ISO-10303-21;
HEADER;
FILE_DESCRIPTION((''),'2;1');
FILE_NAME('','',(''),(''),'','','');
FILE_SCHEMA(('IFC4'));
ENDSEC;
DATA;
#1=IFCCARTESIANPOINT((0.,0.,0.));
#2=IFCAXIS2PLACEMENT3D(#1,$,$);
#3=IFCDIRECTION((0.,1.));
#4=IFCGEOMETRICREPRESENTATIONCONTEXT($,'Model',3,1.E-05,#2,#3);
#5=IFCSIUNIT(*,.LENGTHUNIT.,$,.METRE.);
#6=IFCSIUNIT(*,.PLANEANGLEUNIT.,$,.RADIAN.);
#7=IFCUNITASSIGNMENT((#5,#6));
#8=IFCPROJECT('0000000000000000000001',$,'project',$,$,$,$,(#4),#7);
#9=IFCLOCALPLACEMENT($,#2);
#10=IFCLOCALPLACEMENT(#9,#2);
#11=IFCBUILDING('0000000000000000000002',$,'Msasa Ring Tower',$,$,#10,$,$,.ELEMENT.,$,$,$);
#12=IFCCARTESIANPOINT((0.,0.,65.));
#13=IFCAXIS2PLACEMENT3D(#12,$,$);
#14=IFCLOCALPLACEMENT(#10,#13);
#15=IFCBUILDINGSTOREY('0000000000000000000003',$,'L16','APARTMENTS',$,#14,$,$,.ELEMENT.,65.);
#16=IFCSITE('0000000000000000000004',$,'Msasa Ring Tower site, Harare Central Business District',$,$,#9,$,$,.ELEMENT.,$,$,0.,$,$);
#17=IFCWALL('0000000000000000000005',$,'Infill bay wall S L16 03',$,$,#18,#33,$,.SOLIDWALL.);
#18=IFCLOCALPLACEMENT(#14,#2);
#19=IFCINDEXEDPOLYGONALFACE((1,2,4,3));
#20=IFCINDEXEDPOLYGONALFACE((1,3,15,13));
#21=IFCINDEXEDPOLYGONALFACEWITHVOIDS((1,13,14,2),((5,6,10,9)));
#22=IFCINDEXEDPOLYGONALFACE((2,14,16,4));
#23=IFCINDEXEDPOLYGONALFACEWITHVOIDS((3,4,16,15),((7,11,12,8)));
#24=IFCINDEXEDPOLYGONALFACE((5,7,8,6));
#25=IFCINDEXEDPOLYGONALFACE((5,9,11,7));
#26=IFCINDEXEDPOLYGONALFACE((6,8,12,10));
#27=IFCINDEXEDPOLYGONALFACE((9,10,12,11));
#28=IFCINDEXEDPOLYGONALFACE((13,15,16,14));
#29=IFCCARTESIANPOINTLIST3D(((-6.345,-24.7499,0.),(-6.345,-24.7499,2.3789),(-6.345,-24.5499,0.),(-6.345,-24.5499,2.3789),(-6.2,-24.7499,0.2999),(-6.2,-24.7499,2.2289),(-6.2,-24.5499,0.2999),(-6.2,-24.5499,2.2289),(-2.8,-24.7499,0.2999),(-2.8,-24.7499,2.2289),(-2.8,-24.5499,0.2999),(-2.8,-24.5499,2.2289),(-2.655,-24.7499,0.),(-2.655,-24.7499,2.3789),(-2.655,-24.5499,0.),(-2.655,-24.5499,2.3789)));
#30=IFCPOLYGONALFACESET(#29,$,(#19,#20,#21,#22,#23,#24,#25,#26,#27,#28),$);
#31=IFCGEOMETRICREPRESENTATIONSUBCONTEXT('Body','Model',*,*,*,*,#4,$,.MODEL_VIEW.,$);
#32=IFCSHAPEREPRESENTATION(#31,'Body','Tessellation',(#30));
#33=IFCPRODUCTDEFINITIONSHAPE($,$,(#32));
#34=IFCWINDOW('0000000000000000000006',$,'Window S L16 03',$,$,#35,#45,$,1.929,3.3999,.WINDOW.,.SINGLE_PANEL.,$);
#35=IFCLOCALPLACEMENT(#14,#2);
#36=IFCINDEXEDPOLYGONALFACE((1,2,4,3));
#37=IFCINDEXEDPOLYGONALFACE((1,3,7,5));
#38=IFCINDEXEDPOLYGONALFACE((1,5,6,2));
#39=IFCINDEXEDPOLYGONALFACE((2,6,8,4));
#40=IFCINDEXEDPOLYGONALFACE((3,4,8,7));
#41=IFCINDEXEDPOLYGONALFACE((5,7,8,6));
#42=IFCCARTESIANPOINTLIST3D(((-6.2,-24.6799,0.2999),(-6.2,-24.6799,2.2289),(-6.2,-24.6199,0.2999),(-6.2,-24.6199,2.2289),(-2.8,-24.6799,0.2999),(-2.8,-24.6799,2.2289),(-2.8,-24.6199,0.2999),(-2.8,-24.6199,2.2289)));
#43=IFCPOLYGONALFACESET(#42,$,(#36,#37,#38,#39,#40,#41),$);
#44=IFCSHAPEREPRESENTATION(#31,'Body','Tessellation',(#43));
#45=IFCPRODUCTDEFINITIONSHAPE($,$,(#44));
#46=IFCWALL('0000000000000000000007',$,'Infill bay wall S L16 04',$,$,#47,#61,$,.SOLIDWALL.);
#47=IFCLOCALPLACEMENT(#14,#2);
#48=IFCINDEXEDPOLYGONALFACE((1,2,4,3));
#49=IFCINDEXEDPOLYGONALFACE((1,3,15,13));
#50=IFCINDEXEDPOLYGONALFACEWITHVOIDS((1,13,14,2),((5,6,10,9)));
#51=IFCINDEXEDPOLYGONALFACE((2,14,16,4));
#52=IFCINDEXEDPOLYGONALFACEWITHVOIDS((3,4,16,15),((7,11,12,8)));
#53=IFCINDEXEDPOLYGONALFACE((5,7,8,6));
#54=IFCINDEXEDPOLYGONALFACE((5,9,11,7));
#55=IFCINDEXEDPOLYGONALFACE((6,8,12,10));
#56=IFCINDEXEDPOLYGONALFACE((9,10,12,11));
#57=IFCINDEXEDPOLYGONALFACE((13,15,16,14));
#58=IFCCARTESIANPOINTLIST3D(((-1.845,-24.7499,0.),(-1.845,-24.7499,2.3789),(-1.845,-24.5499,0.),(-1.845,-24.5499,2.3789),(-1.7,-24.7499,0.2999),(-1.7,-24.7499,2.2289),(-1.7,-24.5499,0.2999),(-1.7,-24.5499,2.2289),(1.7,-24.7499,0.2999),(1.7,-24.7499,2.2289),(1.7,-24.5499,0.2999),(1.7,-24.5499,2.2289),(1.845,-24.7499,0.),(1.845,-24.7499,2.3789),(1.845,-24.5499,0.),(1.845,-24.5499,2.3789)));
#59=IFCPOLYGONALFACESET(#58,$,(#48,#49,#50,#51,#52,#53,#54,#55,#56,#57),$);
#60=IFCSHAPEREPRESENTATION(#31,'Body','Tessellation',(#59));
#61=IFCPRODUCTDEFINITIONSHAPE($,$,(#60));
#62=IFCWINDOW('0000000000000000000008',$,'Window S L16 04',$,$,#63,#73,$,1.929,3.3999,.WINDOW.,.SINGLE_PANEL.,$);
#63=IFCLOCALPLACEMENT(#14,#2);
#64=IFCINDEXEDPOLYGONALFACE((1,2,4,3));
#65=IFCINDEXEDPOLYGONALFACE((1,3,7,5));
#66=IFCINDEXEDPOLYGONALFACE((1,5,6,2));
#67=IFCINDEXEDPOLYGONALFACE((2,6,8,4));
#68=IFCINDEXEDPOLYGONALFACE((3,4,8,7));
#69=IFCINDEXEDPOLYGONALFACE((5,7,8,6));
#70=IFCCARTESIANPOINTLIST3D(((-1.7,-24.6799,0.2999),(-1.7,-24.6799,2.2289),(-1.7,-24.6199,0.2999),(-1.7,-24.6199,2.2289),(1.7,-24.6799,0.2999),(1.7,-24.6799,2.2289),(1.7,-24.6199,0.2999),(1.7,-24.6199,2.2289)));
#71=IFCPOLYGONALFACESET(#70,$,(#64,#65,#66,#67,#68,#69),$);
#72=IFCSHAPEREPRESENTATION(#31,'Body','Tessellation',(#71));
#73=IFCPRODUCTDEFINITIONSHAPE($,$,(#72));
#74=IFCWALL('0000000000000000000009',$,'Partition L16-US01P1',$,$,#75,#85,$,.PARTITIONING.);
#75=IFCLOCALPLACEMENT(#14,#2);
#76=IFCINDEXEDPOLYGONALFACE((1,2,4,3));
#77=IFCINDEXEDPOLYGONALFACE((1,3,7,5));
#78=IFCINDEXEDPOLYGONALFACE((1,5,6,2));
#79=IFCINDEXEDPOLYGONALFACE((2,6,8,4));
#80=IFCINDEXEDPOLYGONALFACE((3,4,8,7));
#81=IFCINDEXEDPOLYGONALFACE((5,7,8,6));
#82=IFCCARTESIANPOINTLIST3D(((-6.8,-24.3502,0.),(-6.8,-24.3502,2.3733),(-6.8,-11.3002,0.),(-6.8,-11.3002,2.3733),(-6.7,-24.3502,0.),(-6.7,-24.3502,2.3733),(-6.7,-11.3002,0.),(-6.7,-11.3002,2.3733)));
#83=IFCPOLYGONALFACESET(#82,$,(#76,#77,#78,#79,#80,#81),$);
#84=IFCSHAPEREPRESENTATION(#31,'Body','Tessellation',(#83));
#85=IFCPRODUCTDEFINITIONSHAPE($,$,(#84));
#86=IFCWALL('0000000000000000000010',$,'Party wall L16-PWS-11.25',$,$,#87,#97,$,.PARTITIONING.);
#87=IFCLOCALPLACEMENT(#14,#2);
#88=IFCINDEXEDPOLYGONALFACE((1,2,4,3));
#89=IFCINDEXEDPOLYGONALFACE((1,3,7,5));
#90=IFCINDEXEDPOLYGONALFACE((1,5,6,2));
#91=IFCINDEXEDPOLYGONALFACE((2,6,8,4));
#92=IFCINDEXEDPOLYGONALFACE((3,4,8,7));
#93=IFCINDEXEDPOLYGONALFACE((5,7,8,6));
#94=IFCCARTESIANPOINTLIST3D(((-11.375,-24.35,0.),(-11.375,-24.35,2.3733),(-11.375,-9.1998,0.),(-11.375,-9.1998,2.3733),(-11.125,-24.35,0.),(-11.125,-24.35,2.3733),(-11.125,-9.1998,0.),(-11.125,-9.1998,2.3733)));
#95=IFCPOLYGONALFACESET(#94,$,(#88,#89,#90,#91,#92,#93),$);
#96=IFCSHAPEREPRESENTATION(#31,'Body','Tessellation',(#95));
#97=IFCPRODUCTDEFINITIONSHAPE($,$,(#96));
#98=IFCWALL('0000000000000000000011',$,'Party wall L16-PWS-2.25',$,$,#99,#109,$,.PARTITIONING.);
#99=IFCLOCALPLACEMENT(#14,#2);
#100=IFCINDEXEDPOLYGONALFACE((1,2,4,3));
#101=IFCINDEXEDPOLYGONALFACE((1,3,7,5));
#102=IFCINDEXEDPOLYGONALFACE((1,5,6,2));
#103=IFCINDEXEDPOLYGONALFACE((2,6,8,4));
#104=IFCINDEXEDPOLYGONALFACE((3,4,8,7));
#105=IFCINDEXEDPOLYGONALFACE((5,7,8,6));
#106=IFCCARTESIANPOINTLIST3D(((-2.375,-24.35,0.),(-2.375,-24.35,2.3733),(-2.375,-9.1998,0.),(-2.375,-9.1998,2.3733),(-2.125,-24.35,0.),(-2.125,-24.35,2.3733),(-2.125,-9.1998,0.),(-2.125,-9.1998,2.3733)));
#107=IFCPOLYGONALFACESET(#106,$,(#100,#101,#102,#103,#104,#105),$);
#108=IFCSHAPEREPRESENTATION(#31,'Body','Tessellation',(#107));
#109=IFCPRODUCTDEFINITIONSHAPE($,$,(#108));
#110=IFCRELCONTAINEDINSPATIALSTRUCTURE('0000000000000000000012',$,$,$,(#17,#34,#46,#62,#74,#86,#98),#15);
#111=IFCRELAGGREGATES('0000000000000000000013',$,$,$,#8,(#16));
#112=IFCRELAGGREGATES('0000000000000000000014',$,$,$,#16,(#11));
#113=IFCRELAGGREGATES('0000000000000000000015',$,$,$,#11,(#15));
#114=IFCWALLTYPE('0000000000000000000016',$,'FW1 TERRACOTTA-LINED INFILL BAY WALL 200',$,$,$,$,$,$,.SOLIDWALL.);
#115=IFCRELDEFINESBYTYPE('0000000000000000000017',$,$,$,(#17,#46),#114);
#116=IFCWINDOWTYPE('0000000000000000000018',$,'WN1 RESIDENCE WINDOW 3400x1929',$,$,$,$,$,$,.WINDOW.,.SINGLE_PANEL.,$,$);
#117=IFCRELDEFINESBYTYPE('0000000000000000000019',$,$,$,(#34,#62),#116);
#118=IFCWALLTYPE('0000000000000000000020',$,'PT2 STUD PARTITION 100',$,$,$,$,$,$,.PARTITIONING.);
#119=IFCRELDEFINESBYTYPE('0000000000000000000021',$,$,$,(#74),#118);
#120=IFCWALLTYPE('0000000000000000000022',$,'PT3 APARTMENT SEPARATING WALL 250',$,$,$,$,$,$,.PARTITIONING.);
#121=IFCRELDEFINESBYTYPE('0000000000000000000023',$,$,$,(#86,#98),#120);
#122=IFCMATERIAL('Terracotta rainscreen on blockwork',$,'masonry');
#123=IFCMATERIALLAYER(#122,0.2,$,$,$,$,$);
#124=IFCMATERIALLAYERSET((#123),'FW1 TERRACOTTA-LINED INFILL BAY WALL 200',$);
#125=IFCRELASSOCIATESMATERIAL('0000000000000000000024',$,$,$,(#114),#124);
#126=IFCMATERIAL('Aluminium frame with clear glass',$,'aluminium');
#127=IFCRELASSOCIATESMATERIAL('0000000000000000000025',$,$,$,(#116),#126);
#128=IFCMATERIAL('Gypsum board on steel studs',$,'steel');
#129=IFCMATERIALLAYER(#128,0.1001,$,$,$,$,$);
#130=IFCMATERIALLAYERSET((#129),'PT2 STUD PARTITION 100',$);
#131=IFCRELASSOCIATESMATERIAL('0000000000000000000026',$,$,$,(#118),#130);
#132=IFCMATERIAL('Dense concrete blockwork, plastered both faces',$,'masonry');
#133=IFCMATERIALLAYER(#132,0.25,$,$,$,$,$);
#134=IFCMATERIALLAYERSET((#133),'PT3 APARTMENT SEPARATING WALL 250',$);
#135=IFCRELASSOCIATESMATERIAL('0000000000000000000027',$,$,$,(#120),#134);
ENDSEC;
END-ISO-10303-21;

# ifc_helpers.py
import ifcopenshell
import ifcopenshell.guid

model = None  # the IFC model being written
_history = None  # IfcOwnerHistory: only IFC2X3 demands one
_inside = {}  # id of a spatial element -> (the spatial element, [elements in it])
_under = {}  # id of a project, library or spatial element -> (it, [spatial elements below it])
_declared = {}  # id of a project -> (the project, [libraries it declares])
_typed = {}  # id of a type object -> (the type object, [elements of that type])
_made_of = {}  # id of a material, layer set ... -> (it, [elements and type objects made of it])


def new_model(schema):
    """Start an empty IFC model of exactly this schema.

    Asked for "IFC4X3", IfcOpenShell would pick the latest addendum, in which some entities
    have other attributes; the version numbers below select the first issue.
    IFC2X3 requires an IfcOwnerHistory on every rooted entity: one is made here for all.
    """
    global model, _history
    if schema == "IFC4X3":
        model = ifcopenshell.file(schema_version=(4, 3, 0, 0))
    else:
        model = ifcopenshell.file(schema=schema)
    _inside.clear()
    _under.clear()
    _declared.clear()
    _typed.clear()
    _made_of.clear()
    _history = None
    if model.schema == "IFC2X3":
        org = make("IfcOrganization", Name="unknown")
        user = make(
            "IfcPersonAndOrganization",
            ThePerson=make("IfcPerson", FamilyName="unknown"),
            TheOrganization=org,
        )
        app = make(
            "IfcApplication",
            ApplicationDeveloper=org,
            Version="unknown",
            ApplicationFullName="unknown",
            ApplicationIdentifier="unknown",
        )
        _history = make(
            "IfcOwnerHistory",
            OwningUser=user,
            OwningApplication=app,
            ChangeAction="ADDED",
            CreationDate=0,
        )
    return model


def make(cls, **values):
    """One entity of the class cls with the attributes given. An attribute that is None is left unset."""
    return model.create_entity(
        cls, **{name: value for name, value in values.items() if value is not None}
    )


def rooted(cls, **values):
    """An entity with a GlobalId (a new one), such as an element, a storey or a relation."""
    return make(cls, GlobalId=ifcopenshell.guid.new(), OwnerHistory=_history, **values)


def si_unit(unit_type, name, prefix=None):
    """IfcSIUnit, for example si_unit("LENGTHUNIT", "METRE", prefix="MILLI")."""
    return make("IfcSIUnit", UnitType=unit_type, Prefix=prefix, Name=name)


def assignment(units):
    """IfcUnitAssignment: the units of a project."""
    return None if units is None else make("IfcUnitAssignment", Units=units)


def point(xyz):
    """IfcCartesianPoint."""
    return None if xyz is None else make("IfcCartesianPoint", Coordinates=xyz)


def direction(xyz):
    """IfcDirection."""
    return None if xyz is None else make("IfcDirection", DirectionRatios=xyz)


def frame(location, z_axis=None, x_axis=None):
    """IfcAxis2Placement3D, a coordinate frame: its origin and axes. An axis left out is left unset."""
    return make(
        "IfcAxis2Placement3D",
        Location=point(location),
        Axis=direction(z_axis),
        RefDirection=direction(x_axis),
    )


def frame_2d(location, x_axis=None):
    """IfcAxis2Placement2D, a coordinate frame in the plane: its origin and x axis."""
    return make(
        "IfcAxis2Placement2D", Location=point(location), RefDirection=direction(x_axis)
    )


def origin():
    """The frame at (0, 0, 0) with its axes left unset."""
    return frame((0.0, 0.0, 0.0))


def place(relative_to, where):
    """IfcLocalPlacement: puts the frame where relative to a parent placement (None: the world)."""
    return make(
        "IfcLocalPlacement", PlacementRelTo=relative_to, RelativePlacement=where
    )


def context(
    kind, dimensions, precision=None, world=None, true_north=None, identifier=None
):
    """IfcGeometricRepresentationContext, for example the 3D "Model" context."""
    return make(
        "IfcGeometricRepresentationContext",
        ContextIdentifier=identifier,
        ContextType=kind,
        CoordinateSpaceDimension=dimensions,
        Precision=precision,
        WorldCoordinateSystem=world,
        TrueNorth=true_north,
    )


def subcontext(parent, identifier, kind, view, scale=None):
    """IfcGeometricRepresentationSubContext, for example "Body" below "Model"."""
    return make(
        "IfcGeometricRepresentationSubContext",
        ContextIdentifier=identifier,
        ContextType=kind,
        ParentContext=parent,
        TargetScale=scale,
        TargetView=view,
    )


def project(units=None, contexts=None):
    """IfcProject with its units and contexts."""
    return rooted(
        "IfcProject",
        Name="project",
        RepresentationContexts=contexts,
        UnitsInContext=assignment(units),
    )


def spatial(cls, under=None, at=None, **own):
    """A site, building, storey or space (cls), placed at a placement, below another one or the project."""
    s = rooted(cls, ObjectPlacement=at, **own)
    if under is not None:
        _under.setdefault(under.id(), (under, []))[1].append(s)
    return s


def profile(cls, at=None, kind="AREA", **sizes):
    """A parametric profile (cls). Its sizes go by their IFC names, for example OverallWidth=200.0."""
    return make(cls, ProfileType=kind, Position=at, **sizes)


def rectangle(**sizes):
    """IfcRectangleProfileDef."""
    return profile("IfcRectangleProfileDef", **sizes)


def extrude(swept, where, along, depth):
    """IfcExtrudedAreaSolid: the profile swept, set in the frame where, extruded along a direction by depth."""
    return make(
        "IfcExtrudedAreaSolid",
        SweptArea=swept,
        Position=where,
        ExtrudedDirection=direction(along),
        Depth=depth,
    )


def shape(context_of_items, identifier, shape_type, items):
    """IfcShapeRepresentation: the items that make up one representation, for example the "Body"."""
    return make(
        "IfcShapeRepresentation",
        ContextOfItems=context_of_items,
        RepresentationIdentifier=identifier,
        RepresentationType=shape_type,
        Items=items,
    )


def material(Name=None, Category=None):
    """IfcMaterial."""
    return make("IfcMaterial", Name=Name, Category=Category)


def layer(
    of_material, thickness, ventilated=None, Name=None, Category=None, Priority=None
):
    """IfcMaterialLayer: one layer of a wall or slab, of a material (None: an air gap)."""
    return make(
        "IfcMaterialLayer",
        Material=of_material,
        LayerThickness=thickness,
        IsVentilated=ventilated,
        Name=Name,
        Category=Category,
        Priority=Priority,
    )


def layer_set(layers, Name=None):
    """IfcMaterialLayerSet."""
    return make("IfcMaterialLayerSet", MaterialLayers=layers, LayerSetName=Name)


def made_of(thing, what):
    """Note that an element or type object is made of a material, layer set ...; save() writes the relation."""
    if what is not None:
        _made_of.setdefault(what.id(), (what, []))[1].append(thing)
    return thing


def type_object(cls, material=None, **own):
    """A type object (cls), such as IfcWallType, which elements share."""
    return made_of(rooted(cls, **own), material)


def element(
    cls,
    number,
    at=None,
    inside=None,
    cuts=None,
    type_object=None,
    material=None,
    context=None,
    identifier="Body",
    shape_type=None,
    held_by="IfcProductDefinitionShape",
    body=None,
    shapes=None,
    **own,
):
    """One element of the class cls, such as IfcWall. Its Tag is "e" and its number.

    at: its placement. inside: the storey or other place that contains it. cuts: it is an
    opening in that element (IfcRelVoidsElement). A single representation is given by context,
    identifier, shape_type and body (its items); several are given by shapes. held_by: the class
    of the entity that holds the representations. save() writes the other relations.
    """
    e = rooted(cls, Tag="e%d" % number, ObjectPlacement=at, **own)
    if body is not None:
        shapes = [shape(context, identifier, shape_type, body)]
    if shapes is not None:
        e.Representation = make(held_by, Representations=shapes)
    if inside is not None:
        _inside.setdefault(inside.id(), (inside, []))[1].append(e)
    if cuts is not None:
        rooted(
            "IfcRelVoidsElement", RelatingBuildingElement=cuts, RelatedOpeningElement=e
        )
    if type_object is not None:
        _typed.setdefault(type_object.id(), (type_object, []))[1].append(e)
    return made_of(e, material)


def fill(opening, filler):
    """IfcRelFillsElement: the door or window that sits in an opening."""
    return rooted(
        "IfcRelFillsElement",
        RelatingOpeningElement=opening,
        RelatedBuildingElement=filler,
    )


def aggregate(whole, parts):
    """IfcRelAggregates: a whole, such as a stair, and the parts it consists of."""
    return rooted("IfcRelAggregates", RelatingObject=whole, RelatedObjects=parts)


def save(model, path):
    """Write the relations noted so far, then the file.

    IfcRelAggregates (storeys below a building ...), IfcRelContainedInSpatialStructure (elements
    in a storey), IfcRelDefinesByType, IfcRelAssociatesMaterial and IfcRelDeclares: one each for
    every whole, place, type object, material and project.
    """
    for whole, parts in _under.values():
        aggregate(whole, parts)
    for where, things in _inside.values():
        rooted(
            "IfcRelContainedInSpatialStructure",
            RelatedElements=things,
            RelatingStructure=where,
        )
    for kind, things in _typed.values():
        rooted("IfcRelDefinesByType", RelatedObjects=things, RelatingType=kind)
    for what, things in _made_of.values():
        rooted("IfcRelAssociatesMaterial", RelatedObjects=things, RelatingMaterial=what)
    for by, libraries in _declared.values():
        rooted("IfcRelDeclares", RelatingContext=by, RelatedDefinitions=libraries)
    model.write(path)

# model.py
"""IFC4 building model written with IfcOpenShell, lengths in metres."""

from ifc_helpers import new_model, si_unit, direction, frame, frame_2d, origin, place, context, subcontext, project, spatial, rectangle, extrude, material, layer, layer_set, type_object, element, fill, save


model = new_model("IFC4")

# Units and contexts
model_context = context("Model", 3, precision=1e-05, world=origin(), true_north=direction((0.0, 1.0)))
body_context = subcontext(model_context, "Body", "Model", "MODEL_VIEW")
ifc_project = project(units=[si_unit("LENGTHUNIT", "METRE"), si_unit("PLANEANGLEUNIT", "RADIAN")], contexts=[model_context])

# Site, building, storey
site_placement = place(None, origin())
site = spatial("IfcSite", under=ifc_project, at=site_placement, Name="Msasa Ring Tower site, Harare Central Business District", CompositionType="ELEMENT", RefElevation=0.0)
building_placement = place(site_placement, origin())
building = spatial("IfcBuilding", under=site, at=building_placement, Name="Msasa Ring Tower", CompositionType="ELEMENT")
storey_placement = place(building_placement, frame((0.0, 0.0, 65.0)))
storey = spatial("IfcBuildingStorey", under=building, at=storey_placement, Name="L16", Description="APARTMENTS", CompositionType="ELEMENT", Elevation=65.0)

# Walls, openings, windows
ifc_material_1 = material(Name="Terracotta rainscreen on blockwork", Category="masonry")
ifc_layer_1 = layer(ifc_material_1, 0.2)
ifc_layer_set_1 = layer_set([ifc_layer_1], Name="FW1 TERRACOTTA-LINED INFILL BAY WALL 200")
wall_type_1 = type_object("IfcWallType", Name="FW1 TERRACOTTA-LINED INFILL BAY WALL 200", PredefinedType="SOLIDWALL", material=ifc_layer_set_1)
ifc_material_2 = material(Name="Aluminium frame with clear glass", Category="aluminium")
window_type = type_object("IfcWindowType", Name="WN1 RESIDENCE WINDOW 3400x1929", PartitioningType="SINGLE_PANEL", PredefinedType="WINDOW", material=ifc_material_2)
wall_1_placement = place(storey_placement, frame((-6.345, -24.6499, 0.0), z_axis=(0.0, 0.0, 1.0), x_axis=(1.0, 0.0, 0.0)))
wall_1 = element("IfcWall", 1, at=wall_1_placement, inside=storey, type_object=wall_type_1, Name="Infill bay wall S L16 03", PredefinedType="SOLIDWALL", context=body_context, shape_type="SweptSolid", body=[
    extrude(rectangle(XDim=3.6899, YDim=0.2, at=frame_2d((1.845, 0.0))), origin(), (0.0, 0.0, 1.0), 2.3789),
])
opening_1_placement = place(wall_1_placement, frame((0.145, 0.0, 0.3)))
opening_1 = element("IfcOpeningElement", 2, at=opening_1_placement, cuts=wall_1, PredefinedType="OPENING", context=body_context, shape_type="SweptSolid", body=[
    extrude(rectangle(XDim=3.3999, YDim=1.929, at=frame_2d((1.7, 0.9644))), frame((0.0, 0.1099, 0.0), z_axis=(0.0, -1.0, 0.0), x_axis=(1.0, 0.0, 0.0)), (0.0, 0.0, 1.0), 0.22),
])
window_1_placement = place(opening_1_placement, origin())
window_1 = element("IfcWindow", 3, at=window_1_placement, inside=storey, type_object=window_type, Name="Window S L16 03", OverallHeight=1.929, OverallWidth=3.3999, PartitioningType="SINGLE_PANEL", PredefinedType="WINDOW", context=body_context, shape_type="SweptSolid", body=[
    extrude(rectangle(XDim=3.3999, YDim=1.929, at=frame_2d((1.7, 0.9644))), frame((0.0, 0.03, 0.0), z_axis=(0.0, -1.0, 0.0), x_axis=(1.0, 0.0, 0.0)), (0.0, 0.0, 1.0), 0.0601),
])
fill(opening_1, window_1)
wall_2_placement = place(storey_placement, frame((-1.845, -24.6499, 0.0), z_axis=(0.0, 0.0, 1.0), x_axis=(1.0, 0.0, 0.0)))
wall_2 = element("IfcWall", 4, at=wall_2_placement, inside=storey, type_object=wall_type_1, Name="Infill bay wall S L16 04", PredefinedType="SOLIDWALL", context=body_context, shape_type="SweptSolid", body=[
    extrude(rectangle(XDim=3.6899, YDim=0.2, at=frame_2d((1.845, 0.0))), origin(), (0.0, 0.0, 1.0), 2.3789),
])
opening_2_placement = place(wall_2_placement, frame((0.145, 0.0, 0.3)))
opening_2 = element("IfcOpeningElement", 5, at=opening_2_placement, cuts=wall_2, PredefinedType="OPENING", context=body_context, shape_type="SweptSolid", body=[
    extrude(rectangle(XDim=3.3999, YDim=1.929, at=frame_2d((1.7, 0.9644))), frame((0.0, 0.1099, 0.0), z_axis=(0.0, -1.0, 0.0), x_axis=(1.0, 0.0, 0.0)), (0.0, 0.0, 1.0), 0.22),
])
window_2_placement = place(opening_2_placement, origin())
window_2 = element("IfcWindow", 6, at=window_2_placement, inside=storey, type_object=window_type, Name="Window S L16 04", OverallHeight=1.929, OverallWidth=3.3999, PartitioningType="SINGLE_PANEL", PredefinedType="WINDOW", context=body_context, shape_type="SweptSolid", body=[
    extrude(rectangle(XDim=3.3999, YDim=1.929, at=frame_2d((1.7, 0.9644))), frame((0.0, 0.03, 0.0), z_axis=(0.0, -1.0, 0.0), x_axis=(1.0, 0.0, 0.0)), (0.0, 0.0, 1.0), 0.0601),
])
fill(opening_2, window_2)

# Walls
ifc_material_3 = material(Name="Gypsum board on steel studs", Category="steel")
ifc_layer_2 = layer(ifc_material_3, 0.1001)
ifc_layer_set_2 = layer_set([ifc_layer_2], Name="PT2 STUD PARTITION 100")
wall_type_2 = type_object("IfcWallType", Name="PT2 STUD PARTITION 100", PredefinedType="PARTITIONING", material=ifc_layer_set_2)
wall_3_placement = place(storey_placement, frame((-6.75, -24.3501, 0.0), z_axis=(0.0, 0.0, 1.0), x_axis=(0.0, 1.0, 0.0)))
element("IfcWall", 7, at=wall_3_placement, inside=storey, type_object=wall_type_2, Name="Partition L16-US01P1", PredefinedType="PARTITIONING", context=body_context, shape_type="SweptSolid", body=[
    extrude(rectangle(XDim=13.05, YDim=0.1001, at=frame_2d((6.5249, 0.0))), origin(), (0.0, 0.0, 1.0), 2.3733),
])
ifc_material_4 = material(Name="Dense concrete blockwork, plastered both faces", Category="masonry")
ifc_layer_3 = layer(ifc_material_4, 0.25)
ifc_layer_set_3 = layer_set([ifc_layer_3], Name="PT3 APARTMENT SEPARATING WALL 250")
wall_type_3 = type_object("IfcWallType", Name="PT3 APARTMENT SEPARATING WALL 250", PredefinedType="PARTITIONING", material=ifc_layer_set_3)
for number, where, z_axis, x_axis, name in (
    (8, (-11.25, -24.3501, 0.0), (0.0, 0.0, 1.0), (0.0, 1.0, 0.0), "Party wall L16-PWS-11.25"),
    (9, (-2.25, -24.3501, 0.0), (0.0, 0.0, 1.0), (0.0, 1.0, 0.0), "Party wall L16-PWS-2.25"),
):
    element("IfcWall", number, at=place(storey_placement, frame(where, z_axis=z_axis, x_axis=x_axis)), inside=storey, type_object=wall_type_3, Name=name, PredefinedType="PARTITIONING", context=body_context, shape_type="SweptSolid", body=[
        extrude(rectangle(XDim=15.1501, YDim=0.25, at=frame_2d((7.5752, 0.0))), origin(), (0.0, 0.0, 1.0), 2.3733),
    ])

save(model, "model.ifc")
